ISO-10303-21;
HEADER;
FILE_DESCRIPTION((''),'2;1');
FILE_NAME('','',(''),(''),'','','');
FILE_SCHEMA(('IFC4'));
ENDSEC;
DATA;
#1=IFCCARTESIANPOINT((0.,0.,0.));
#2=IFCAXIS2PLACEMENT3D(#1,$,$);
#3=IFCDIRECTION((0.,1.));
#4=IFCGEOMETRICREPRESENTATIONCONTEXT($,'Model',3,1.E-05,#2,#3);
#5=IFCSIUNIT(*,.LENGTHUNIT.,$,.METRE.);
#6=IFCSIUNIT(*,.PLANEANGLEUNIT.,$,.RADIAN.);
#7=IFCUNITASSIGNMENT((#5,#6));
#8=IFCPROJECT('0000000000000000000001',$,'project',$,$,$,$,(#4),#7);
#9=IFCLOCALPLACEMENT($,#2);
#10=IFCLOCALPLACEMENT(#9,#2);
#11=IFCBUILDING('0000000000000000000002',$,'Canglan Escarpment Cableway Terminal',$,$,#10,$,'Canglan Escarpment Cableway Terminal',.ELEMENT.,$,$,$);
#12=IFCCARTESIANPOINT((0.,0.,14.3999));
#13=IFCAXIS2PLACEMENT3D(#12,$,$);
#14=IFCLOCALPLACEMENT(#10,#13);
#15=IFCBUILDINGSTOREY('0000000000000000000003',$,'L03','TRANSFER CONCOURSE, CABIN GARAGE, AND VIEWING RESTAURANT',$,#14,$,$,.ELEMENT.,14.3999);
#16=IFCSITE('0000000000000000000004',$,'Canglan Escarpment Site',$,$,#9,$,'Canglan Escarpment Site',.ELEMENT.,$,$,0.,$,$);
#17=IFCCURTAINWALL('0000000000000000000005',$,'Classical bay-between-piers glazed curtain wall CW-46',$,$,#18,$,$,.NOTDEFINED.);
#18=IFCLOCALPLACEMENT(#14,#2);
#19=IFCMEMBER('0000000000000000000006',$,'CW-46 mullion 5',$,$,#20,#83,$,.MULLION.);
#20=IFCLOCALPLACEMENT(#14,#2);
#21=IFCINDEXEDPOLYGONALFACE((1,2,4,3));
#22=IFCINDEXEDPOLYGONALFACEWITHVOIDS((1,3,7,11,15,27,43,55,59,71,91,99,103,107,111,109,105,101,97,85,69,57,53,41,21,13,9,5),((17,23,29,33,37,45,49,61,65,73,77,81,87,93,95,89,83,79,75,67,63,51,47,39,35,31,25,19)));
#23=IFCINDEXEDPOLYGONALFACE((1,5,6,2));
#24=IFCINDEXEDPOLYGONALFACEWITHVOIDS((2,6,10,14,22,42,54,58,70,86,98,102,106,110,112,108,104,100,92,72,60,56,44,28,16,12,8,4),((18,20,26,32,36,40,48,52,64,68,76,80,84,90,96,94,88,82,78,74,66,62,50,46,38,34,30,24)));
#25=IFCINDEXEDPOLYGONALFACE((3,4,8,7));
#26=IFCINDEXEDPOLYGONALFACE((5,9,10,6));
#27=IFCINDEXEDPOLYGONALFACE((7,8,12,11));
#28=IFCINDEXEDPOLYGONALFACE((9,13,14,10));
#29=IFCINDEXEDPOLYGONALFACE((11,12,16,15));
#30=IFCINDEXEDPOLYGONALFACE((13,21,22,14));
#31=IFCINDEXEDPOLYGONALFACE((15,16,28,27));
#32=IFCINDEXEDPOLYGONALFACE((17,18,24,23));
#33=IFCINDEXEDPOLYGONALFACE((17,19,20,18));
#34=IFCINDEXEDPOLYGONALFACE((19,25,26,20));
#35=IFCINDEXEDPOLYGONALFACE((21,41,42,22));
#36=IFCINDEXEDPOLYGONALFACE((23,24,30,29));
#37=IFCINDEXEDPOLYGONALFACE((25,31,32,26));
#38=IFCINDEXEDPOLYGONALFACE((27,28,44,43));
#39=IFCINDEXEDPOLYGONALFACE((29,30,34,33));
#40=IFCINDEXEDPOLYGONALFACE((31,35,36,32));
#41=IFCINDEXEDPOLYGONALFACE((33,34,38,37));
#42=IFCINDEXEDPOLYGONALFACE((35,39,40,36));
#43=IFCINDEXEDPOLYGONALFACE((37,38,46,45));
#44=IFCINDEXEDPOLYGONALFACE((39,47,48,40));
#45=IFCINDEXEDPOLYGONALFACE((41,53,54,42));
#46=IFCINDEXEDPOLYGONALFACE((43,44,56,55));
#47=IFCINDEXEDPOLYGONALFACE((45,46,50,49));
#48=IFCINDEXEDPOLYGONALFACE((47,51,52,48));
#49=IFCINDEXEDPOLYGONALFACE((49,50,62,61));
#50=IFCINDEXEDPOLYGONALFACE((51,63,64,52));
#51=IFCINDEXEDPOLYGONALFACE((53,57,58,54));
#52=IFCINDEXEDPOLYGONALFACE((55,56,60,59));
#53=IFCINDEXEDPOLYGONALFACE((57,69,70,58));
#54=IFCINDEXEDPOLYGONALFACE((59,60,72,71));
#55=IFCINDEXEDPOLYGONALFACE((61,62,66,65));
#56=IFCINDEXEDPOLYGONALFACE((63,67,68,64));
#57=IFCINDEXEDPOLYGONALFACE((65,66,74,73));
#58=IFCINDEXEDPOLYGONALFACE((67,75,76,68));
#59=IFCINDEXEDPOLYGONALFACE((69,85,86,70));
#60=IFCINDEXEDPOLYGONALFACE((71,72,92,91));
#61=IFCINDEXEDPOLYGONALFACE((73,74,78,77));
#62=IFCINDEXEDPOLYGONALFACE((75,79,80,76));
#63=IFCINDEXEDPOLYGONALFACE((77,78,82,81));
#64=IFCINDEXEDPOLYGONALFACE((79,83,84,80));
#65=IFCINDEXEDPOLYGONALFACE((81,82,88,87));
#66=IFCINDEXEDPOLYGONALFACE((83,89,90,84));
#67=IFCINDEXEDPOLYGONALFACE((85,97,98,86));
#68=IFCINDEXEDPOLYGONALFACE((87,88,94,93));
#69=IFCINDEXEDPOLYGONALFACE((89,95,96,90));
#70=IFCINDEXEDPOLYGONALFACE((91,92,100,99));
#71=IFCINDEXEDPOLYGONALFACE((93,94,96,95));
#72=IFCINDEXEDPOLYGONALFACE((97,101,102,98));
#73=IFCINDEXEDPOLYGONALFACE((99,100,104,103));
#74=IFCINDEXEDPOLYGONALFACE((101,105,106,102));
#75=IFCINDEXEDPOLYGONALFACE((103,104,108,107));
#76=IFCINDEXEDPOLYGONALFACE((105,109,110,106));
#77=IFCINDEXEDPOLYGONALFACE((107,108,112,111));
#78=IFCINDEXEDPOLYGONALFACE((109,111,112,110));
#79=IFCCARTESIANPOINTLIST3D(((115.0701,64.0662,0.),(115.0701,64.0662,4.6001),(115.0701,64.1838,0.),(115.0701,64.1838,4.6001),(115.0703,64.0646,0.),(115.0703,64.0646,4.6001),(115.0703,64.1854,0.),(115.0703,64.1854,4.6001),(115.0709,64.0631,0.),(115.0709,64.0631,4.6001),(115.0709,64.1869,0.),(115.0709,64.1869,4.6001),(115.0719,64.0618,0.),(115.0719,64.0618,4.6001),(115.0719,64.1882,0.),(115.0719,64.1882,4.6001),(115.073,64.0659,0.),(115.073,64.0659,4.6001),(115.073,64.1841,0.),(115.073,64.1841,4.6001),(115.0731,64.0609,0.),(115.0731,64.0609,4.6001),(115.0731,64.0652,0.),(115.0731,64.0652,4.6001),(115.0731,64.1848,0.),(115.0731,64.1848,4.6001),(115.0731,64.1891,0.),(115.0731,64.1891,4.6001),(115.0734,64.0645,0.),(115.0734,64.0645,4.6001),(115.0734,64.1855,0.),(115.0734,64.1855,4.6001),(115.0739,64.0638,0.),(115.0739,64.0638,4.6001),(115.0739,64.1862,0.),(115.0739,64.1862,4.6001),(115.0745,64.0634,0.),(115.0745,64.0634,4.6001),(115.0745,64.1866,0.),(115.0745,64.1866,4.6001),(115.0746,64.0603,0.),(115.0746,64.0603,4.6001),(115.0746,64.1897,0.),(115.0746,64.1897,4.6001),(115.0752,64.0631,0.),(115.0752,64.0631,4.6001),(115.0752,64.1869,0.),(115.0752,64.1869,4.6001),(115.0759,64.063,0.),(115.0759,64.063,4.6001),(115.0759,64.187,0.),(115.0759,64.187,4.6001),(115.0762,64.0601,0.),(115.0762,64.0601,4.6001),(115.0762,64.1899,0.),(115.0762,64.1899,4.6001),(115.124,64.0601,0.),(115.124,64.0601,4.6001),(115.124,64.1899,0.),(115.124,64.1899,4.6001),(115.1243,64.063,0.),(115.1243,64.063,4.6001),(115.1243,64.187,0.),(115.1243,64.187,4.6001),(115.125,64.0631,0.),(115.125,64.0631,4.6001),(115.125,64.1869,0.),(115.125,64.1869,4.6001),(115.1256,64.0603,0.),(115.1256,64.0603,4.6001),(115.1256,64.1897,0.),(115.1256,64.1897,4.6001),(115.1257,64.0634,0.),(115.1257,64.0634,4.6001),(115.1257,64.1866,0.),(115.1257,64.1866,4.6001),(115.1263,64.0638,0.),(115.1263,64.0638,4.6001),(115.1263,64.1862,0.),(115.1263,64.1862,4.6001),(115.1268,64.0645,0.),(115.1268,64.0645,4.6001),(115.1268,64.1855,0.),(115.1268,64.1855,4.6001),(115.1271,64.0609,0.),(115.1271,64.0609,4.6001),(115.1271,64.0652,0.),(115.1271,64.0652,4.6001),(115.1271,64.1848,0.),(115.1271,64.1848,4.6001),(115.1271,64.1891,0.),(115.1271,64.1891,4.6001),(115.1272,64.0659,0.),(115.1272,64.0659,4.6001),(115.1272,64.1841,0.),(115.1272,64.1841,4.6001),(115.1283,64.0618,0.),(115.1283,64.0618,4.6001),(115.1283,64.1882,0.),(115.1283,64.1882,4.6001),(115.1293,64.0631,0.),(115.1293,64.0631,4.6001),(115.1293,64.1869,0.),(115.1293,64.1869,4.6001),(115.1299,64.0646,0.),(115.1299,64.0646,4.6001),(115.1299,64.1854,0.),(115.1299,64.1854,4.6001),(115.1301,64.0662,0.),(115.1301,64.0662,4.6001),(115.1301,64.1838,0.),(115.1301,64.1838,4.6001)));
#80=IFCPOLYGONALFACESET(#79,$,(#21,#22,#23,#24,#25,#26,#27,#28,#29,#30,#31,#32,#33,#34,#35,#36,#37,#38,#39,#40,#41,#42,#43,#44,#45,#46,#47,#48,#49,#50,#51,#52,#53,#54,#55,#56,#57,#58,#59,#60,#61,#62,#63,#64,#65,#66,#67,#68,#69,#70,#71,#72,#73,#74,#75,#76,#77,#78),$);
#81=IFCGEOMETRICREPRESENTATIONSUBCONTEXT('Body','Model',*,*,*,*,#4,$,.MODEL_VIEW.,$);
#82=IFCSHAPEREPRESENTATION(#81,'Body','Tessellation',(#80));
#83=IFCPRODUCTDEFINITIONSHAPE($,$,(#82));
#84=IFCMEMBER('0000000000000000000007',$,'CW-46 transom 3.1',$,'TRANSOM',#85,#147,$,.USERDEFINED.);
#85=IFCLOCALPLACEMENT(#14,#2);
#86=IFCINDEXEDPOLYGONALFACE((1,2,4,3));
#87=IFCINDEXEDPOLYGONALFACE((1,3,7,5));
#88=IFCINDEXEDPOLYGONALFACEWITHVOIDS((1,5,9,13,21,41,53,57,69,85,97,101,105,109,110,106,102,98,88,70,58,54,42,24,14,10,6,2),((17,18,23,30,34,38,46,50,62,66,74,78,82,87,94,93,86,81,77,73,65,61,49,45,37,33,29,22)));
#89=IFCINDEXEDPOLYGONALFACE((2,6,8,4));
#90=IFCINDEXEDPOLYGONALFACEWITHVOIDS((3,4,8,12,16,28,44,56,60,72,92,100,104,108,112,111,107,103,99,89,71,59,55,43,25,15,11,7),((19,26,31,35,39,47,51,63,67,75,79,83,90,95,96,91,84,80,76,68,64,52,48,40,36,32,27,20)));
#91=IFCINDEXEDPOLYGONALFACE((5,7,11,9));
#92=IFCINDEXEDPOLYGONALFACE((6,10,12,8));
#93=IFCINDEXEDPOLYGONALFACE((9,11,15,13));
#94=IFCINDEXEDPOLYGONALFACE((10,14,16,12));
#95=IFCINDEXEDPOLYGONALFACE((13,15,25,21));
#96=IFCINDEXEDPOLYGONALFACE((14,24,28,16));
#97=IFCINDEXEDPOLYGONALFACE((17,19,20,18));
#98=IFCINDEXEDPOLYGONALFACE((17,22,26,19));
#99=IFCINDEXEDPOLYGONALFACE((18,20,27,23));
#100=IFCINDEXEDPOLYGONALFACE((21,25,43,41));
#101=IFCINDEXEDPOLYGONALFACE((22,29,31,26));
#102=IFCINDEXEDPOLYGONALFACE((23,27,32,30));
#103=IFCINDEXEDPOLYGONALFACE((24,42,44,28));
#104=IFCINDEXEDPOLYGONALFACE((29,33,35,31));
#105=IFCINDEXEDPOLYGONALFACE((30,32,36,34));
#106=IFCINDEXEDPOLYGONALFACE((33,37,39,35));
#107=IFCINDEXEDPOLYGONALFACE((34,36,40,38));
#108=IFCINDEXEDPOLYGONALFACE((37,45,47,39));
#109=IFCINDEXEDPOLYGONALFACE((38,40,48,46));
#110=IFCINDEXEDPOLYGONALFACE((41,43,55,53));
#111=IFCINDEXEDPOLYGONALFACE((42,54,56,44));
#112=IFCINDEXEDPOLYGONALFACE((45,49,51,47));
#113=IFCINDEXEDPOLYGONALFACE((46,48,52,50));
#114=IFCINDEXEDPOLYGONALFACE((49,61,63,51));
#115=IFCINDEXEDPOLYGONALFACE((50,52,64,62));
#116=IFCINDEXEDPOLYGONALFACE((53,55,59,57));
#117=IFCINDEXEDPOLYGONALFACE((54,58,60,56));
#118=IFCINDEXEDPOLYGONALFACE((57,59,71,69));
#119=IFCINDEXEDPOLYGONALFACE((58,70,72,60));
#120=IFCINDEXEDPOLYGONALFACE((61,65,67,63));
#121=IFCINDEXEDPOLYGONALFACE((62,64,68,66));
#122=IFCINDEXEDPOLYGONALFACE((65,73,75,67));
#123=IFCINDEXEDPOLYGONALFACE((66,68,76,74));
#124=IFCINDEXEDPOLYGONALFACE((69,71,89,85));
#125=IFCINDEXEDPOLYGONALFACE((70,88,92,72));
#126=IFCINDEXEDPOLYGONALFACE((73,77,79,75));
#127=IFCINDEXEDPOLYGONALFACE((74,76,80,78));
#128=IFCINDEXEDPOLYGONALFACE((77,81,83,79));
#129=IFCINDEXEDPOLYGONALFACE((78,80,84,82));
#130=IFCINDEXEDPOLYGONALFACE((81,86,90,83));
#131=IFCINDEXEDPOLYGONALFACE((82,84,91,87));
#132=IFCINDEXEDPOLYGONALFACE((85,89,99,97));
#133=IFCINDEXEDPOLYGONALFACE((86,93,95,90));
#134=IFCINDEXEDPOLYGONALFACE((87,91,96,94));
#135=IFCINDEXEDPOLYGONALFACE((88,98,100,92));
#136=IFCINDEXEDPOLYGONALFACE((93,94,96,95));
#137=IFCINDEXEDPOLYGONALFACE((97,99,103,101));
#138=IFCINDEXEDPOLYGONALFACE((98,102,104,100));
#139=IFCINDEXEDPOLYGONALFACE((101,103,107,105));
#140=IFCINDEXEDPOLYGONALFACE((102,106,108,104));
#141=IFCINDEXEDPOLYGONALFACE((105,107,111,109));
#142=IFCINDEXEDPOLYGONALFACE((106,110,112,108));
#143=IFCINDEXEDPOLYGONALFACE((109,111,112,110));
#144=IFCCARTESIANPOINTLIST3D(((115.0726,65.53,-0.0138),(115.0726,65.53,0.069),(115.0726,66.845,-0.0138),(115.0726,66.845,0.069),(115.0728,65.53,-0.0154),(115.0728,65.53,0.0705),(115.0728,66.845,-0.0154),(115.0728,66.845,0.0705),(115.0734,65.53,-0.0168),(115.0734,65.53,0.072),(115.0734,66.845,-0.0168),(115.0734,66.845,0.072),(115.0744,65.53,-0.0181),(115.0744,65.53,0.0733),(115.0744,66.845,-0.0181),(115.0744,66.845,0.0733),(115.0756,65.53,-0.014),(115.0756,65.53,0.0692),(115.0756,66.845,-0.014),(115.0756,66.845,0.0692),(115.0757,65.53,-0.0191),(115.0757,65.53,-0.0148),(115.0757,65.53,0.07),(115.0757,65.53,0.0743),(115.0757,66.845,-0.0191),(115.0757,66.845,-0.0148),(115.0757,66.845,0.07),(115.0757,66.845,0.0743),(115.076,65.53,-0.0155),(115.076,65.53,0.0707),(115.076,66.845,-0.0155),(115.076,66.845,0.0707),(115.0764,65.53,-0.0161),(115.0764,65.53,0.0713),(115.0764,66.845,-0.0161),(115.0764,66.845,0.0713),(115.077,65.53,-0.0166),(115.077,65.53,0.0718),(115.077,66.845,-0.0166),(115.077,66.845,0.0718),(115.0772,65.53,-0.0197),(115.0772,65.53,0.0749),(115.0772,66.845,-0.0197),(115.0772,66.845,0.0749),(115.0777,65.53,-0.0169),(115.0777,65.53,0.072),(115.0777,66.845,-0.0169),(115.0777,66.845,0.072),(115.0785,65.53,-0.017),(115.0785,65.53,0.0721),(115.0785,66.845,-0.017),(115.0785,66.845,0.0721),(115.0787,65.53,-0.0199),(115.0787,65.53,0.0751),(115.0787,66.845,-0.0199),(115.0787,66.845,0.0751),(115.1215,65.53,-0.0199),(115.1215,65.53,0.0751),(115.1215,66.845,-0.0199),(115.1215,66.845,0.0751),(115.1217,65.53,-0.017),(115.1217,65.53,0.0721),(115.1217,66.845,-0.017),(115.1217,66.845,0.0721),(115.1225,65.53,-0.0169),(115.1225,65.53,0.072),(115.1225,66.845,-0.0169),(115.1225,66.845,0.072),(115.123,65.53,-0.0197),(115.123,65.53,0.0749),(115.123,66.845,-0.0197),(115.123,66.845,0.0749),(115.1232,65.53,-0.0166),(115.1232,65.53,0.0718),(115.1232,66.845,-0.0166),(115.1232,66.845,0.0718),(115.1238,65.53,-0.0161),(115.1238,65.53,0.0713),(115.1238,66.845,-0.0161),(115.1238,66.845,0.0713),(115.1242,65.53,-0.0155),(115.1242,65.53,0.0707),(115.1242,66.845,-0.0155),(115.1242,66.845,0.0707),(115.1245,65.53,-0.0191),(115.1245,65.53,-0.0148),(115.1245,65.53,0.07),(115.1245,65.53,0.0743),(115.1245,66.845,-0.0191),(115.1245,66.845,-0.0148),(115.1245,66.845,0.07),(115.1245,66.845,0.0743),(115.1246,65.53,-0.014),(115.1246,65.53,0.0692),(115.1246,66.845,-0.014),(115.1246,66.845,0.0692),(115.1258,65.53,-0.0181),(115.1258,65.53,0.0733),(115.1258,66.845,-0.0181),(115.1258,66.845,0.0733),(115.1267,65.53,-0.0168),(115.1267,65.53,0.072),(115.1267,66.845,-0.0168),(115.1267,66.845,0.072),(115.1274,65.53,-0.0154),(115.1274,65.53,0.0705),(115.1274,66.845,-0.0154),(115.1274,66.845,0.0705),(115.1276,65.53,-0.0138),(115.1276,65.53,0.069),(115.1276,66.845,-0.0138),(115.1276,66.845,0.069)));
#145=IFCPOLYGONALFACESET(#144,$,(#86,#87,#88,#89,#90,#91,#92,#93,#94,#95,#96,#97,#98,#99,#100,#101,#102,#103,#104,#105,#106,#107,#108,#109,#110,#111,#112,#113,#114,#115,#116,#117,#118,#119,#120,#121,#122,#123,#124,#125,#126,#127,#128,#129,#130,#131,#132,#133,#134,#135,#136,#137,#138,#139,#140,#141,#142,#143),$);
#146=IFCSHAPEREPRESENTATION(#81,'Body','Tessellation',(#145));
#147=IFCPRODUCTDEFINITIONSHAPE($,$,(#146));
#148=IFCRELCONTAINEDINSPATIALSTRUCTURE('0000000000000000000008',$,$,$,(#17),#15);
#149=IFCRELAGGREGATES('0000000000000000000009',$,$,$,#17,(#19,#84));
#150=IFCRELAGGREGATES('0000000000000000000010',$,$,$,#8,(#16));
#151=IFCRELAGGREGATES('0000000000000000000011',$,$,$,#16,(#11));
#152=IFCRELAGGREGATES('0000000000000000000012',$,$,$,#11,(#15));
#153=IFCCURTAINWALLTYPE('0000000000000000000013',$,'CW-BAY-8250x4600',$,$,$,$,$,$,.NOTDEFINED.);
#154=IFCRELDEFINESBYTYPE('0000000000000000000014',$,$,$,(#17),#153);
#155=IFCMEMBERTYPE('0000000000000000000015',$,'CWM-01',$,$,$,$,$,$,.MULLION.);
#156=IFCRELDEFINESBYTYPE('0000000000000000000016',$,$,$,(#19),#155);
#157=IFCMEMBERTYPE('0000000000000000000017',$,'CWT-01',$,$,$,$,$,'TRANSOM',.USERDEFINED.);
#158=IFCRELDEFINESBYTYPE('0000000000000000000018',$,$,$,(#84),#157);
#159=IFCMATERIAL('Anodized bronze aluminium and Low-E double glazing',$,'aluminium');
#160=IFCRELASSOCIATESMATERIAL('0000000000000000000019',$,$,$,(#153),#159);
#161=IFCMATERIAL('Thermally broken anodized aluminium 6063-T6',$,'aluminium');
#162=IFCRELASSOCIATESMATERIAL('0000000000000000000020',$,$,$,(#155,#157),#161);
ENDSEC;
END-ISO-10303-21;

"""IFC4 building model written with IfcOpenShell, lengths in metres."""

from ifc_helpers import new_model, si_unit, direction, frame, origin, origin_2d, place, context, subcontext, project, spatial, hollow_rectangle, extrude, material, material_profile, profile_set, type_object, element, aggregate, save


model = new_model("IFC4")

# Units and contexts
model_context = context("Model", 3, precision=1e-05, world=origin(), true_north=direction((0.0, 1.0)))
body_context = subcontext(model_context, "Body", "Model", "MODEL_VIEW")
ifc_project = project(units=[si_unit("LENGTHUNIT", "METRE"), si_unit("PLANEANGLEUNIT", "RADIAN")], contexts=[model_context])

# Site, building, storey
site_placement = place(None, origin())
site = spatial("IfcSite", under=ifc_project, at=site_placement, Name="Canglan Escarpment Site", LongName="Canglan Escarpment Site", CompositionType="ELEMENT", RefElevation=0.0)
building_placement = place(site_placement, origin())
building = spatial("IfcBuilding", under=site, at=building_placement, Name="Canglan Escarpment Cableway Terminal", LongName="Canglan Escarpment Cableway Terminal", CompositionType="ELEMENT")
storey_placement = place(building_placement, frame((0.0, 0.0, 14.3999)))
storey = spatial("IfcBuildingStorey", under=building, at=storey_placement, Name="L03", Description="TRANSFER CONCOURSE, CABIN GARAGE, AND VIEWING RESTAURANT", CompositionType="ELEMENT", Elevation=14.3999)

# Curtain wall, members
ifc_material_1 = material(Name="Anodized bronze aluminium and Low-E double glazing", Category="aluminium")
curtain_wall_type = type_object("IfcCurtainWallType", Name="CW-BAY-8250x4600", PredefinedType="NOTDEFINED", material=ifc_material_1)
curtain_wall_placement = place(storey_placement, origin())
curtain_wall = element("IfcCurtainWall", 1, at=curtain_wall_placement, inside=storey, type_object=curtain_wall_type, Name="Classical bay-between-piers glazed curtain wall CW-46", PredefinedType="NOTDEFINED")
ifc_material_2 = material(Name="Thermally broken anodized aluminium 6063-T6", Category="aluminium")
ifc_material_profile_1 = material_profile(ifc_material_2, hollow_rectangle(XDim=0.0601, YDim=0.1299, WallThickness=0.0029, InnerFilletRadius=0.0029, OuterFilletRadius=0.0061, at=origin_2d()), Name="ALU-MULL 60x130x3")
ifc_profile_set_1 = profile_set([ifc_material_profile_1], Name="Thermally broken anodized aluminium 6063-T6")
member_type_1 = type_object("IfcMemberType", Name="CWM-01", PredefinedType="MULLION", material=ifc_profile_set_1)
member_1_placement = place(storey_placement, frame((115.1001, 64.125, 0.0), z_axis=(0.0, 0.0, 1.0), x_axis=(1.0, 0.0, 0.0)))
member_1 = element("IfcMember", 2, at=member_1_placement, type_object=member_type_1, Name="CW-46 mullion 5", PredefinedType="MULLION", context=body_context, shape_type="SweptSolid", body=[
    extrude(hollow_rectangle(XDim=0.0601, YDim=0.1299, WallThickness=0.0029, InnerFilletRadius=0.0029, OuterFilletRadius=0.0061, at=origin_2d()), origin(), (0.0, 0.0, 1.0), 4.6001),
])
ifc_material_profile_2 = material_profile(ifc_material_2, hollow_rectangle(XDim=0.0549, YDim=0.095, WallThickness=0.0029, InnerFilletRadius=0.0029, OuterFilletRadius=0.0061, at=origin_2d()), Name="ALU-TRAN 55x95x3")
ifc_profile_set_2 = profile_set([ifc_material_profile_2], Name="Thermally broken anodized aluminium 6063-T6")
member_type_2 = type_object("IfcMemberType", Name="CWT-01", ElementType="TRANSOM", PredefinedType="USERDEFINED", material=ifc_profile_set_2)
member_2_placement = place(storey_placement, frame((115.1001, 66.845, 0.0276), z_axis=(0.0, -1.0, 0.0), x_axis=(1.0, 0.0, 0.0)))
member_2 = element("IfcMember", 3, at=member_2_placement, type_object=member_type_2, Name="CW-46 transom 3.1", ObjectType="TRANSOM", PredefinedType="USERDEFINED", context=body_context, shape_type="SweptSolid", body=[
    extrude(hollow_rectangle(XDim=0.0549, YDim=0.095, WallThickness=0.0029, InnerFilletRadius=0.0029, OuterFilletRadius=0.0061, at=origin_2d()), origin(), (0.0, 0.0, 1.0), 1.3149),
])
aggregate(curtain_wall, [member_1, member_2])

save(model, "model.ifc")
